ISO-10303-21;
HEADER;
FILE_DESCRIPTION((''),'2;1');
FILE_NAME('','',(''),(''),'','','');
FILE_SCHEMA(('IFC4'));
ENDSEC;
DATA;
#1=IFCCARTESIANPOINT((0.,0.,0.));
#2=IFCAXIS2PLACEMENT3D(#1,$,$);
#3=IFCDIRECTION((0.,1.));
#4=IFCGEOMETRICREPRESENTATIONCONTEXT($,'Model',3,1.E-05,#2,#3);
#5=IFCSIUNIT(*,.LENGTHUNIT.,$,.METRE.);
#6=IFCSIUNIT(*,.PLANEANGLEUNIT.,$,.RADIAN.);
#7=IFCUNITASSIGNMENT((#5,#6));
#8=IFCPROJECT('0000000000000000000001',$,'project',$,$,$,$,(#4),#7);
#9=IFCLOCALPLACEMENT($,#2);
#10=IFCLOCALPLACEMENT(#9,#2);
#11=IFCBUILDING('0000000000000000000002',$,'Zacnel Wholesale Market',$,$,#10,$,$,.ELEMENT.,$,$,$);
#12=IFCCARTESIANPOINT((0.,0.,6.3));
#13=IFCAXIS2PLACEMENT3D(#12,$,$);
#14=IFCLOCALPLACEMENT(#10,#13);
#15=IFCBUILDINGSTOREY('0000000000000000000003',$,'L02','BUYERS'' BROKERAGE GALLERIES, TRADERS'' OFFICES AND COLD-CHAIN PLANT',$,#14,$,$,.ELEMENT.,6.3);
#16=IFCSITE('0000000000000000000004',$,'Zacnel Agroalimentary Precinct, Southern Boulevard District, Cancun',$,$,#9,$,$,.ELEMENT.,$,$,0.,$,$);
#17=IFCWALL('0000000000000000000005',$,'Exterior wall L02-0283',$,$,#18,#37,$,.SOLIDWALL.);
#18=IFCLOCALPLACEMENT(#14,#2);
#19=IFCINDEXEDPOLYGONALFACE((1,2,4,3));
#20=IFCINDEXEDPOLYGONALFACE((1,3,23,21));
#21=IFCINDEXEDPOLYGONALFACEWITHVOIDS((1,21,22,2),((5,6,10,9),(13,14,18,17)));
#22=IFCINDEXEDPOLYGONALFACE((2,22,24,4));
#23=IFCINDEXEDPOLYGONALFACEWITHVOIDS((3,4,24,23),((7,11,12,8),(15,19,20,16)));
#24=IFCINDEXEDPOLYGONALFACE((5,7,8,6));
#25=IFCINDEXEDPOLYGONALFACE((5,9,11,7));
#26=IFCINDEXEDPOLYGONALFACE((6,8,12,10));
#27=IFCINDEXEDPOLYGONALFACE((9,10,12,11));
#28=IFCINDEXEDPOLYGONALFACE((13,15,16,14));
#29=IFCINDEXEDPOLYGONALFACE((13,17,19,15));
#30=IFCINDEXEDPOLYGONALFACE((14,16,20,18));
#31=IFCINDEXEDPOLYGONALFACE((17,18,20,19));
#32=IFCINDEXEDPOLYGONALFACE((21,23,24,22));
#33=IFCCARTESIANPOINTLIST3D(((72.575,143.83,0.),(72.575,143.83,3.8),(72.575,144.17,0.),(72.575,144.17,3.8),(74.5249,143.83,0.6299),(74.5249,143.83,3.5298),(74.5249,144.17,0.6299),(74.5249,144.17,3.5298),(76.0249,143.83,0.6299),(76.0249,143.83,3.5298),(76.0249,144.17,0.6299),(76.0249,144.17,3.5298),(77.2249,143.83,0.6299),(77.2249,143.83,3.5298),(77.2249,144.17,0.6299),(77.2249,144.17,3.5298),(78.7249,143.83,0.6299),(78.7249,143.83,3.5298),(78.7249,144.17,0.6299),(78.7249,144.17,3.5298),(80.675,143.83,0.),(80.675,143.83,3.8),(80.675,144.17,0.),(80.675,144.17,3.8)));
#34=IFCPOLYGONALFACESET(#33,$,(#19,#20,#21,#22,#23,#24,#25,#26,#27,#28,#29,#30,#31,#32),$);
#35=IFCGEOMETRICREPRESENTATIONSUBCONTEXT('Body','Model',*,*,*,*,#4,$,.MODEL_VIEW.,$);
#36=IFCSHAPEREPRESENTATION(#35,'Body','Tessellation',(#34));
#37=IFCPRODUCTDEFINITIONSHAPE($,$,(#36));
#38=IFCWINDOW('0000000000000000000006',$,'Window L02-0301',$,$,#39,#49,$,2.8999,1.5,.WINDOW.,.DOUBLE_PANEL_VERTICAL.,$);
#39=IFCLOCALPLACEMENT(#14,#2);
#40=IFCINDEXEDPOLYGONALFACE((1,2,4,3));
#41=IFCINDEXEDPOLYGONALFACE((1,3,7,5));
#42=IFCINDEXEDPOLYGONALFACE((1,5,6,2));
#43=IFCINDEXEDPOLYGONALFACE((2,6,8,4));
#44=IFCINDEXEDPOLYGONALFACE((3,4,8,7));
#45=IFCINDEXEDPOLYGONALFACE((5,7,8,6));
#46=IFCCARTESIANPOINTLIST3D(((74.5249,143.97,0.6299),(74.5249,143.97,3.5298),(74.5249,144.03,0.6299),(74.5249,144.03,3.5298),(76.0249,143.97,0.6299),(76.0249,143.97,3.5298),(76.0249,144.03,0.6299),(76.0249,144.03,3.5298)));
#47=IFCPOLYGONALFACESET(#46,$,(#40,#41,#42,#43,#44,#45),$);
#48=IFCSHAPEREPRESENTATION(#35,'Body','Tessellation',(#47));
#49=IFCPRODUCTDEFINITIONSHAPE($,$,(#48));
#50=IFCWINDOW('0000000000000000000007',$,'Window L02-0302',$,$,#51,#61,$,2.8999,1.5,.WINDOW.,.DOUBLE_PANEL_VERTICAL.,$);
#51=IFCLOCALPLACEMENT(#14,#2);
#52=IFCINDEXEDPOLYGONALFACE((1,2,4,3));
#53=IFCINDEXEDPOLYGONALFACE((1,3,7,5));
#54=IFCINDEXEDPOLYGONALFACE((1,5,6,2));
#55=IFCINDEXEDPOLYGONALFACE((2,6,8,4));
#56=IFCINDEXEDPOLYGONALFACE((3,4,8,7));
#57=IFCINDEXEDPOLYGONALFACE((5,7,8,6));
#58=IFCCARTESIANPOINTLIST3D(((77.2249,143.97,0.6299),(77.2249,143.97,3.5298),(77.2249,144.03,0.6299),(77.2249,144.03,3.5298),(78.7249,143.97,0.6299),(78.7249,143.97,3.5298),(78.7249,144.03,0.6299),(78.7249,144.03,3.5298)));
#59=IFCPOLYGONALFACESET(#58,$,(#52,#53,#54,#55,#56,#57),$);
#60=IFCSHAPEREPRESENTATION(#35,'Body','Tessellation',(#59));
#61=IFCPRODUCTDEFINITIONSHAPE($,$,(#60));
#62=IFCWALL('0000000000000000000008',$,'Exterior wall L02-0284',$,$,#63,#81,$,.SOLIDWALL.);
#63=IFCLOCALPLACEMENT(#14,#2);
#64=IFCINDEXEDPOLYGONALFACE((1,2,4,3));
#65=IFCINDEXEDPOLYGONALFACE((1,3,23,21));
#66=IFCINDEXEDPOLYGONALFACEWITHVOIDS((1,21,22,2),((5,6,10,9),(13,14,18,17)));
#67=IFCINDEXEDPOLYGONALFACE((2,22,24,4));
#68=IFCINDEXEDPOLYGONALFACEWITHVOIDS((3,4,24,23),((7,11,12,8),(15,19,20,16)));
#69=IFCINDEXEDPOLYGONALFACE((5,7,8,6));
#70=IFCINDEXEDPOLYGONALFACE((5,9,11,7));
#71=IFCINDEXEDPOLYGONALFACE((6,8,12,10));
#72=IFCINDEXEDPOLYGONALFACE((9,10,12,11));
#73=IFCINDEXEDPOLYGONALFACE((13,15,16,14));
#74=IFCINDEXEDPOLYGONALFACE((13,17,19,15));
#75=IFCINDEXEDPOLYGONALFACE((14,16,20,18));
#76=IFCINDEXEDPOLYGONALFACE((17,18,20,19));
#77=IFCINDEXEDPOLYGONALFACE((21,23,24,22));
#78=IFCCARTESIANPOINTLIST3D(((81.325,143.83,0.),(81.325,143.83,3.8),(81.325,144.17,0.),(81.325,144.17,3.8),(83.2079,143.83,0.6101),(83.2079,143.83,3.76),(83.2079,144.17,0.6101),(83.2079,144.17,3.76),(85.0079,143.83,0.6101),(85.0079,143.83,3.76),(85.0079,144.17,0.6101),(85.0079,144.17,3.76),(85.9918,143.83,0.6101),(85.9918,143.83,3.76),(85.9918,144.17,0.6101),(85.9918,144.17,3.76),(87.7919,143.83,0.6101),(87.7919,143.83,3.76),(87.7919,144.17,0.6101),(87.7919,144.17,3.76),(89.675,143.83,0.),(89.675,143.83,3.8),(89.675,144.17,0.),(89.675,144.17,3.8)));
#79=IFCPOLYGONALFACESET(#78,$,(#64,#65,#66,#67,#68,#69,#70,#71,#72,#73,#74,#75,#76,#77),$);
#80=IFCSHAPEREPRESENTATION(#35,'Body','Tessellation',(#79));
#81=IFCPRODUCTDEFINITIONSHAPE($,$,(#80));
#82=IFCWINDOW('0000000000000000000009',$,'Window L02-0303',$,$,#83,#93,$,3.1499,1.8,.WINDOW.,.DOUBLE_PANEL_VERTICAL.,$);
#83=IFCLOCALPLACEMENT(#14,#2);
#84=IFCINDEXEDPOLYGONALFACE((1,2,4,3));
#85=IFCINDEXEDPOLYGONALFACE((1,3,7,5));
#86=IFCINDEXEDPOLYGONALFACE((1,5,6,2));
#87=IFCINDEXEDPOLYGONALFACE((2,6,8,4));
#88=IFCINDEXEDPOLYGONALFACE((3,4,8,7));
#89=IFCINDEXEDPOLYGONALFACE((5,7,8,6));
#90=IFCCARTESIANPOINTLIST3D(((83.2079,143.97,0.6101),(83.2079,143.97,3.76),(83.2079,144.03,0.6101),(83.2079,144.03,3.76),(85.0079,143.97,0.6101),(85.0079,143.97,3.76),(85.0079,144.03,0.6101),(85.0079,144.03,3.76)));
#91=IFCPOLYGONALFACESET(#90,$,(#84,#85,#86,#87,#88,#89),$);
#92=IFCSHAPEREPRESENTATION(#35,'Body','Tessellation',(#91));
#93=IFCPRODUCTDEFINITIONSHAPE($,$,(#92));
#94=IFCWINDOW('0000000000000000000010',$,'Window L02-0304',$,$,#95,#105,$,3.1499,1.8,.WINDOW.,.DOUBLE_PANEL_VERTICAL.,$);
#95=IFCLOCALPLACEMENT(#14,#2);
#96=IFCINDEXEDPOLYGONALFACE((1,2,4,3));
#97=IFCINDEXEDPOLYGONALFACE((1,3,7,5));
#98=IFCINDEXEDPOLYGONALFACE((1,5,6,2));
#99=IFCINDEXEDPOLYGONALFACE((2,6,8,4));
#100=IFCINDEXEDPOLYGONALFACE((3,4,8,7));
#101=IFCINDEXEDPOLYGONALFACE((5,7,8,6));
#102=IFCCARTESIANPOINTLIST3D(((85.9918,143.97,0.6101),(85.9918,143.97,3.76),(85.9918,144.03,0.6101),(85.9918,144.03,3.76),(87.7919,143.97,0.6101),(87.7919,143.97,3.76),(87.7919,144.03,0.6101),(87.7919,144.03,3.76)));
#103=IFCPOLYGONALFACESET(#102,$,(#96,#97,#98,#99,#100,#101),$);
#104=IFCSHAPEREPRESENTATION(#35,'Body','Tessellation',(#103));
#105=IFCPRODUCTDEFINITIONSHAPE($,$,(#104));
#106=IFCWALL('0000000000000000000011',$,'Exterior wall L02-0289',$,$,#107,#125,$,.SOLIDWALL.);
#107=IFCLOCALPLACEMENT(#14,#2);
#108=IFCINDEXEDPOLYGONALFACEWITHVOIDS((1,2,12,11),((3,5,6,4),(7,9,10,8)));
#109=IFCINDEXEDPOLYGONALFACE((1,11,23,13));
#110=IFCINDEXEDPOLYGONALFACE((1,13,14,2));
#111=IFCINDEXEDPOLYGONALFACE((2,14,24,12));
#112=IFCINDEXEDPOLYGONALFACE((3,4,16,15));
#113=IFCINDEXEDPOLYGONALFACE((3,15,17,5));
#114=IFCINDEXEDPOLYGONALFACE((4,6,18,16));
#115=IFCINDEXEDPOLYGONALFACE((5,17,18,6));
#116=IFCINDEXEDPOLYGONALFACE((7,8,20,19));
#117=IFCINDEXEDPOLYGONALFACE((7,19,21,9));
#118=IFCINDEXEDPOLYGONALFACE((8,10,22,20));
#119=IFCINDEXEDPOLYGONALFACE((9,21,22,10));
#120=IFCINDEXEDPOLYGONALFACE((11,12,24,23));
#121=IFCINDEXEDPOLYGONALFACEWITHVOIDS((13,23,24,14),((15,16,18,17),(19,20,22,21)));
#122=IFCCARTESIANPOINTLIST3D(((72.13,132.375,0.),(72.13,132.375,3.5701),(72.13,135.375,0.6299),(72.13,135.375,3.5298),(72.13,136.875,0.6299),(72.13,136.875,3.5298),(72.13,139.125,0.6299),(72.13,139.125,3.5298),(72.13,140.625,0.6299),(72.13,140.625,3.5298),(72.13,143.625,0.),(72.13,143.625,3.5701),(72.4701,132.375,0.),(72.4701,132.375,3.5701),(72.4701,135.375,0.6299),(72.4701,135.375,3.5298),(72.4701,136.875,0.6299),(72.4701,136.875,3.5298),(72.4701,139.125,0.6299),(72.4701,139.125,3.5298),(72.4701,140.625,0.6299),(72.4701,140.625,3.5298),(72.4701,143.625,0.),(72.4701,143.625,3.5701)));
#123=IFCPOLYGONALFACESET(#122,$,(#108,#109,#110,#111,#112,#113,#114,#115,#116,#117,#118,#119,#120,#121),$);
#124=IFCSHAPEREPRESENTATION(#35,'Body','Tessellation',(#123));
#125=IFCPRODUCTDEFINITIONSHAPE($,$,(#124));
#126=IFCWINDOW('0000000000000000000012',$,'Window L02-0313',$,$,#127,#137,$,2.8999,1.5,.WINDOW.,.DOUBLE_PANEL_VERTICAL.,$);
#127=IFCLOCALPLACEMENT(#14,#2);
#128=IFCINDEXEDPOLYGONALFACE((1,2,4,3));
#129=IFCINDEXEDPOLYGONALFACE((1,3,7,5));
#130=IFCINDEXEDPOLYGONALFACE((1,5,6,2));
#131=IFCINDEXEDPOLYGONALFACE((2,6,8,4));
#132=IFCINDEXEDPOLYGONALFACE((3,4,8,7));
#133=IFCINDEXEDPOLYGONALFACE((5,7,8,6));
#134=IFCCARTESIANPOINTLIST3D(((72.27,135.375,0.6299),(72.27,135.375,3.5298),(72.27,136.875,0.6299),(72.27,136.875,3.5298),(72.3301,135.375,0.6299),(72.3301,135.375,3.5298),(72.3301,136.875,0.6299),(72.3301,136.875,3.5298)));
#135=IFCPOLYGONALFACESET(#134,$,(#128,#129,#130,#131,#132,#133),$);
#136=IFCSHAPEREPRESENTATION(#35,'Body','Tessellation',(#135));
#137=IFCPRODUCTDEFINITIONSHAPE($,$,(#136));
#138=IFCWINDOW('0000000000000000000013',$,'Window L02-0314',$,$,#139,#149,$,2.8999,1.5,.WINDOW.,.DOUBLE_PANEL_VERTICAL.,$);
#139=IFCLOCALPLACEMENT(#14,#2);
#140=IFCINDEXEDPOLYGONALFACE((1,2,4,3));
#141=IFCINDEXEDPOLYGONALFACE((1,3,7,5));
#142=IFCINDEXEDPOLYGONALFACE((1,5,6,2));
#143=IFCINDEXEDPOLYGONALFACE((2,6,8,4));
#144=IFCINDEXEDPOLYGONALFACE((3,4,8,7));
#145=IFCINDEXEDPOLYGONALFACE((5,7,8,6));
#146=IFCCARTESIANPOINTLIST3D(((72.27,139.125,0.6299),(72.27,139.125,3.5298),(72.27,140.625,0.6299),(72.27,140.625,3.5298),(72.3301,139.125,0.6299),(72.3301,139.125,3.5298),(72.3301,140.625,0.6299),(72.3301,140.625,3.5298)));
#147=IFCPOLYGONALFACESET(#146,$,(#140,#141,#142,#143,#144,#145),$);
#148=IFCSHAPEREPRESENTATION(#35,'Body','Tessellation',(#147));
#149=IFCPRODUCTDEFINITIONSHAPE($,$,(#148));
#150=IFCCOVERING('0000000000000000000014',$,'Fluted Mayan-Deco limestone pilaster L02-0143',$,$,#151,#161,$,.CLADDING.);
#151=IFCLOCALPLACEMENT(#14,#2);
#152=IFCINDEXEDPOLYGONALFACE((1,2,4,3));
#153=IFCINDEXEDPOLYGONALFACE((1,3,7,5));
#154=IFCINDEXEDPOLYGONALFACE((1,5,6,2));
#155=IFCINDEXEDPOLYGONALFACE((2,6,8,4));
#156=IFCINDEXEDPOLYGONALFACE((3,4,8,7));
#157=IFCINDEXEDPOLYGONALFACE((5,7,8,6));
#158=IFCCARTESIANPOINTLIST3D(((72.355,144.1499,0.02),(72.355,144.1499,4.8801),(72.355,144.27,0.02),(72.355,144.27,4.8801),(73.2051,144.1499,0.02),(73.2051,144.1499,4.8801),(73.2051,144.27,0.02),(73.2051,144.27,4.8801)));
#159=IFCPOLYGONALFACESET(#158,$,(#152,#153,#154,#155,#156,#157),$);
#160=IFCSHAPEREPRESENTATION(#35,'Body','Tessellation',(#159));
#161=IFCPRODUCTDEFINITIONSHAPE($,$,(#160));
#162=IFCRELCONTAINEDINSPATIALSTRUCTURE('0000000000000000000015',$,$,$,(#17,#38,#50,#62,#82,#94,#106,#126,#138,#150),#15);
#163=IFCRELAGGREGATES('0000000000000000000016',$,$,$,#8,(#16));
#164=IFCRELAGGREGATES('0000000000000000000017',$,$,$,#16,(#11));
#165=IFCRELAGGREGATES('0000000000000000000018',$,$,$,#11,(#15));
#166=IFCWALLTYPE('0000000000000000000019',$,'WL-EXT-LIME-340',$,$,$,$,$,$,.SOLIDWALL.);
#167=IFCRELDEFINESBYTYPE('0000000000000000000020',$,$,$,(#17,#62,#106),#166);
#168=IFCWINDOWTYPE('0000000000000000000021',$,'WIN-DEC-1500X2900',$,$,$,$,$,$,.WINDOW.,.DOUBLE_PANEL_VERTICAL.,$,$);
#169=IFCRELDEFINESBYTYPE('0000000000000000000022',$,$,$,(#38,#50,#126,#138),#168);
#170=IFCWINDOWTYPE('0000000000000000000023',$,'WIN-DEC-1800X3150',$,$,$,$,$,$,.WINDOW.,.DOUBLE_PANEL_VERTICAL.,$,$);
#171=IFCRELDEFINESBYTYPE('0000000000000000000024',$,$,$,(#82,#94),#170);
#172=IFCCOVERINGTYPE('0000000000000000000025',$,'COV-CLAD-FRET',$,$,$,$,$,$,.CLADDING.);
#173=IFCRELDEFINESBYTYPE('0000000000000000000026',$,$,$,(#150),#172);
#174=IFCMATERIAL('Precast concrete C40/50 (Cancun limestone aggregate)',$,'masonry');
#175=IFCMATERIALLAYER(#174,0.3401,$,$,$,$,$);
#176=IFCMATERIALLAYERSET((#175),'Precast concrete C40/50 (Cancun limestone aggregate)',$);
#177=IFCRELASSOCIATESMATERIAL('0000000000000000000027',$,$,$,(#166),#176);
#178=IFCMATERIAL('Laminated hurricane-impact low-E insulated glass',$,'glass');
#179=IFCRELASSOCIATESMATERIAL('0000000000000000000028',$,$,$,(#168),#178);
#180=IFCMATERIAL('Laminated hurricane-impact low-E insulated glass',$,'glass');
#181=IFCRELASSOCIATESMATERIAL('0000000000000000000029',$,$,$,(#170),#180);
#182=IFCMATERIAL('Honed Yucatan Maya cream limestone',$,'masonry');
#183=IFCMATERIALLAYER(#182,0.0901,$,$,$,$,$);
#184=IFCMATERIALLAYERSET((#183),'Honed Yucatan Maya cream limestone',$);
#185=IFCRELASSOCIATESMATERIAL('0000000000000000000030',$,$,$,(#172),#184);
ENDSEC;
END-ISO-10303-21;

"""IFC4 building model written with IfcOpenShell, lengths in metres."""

from ifc_helpers import new_model, si_unit, direction, frame, frame_2d, origin, origin_2d, place, context, subcontext, project, spatial, rectangle, extrude, material, layer, layer_set, type_object, element, fill, save


model = new_model("IFC4")

# Units and contexts
model_context = context("Model", 3, precision=1e-05, world=origin(), true_north=direction((0.0, 1.0)))
body_context = subcontext(model_context, "Body", "Model", "MODEL_VIEW")
ifc_project = project(units=[si_unit("LENGTHUNIT", "METRE"), si_unit("PLANEANGLEUNIT", "RADIAN")], contexts=[model_context])

# Site, building, storey
site_placement = place(None, origin())
site = spatial("IfcSite", under=ifc_project, at=site_placement, Name="Zacnel Agroalimentary Precinct, Southern Boulevard District, Cancun", CompositionType="ELEMENT", RefElevation=0.0)
building_placement = place(site_placement, origin())
building = spatial("IfcBuilding", under=site, at=building_placement, Name="Zacnel Wholesale Market", CompositionType="ELEMENT")
storey_placement = place(building_placement, frame((0.0, 0.0, 6.3)))
storey = spatial("IfcBuildingStorey", under=building, at=storey_placement, Name="L02", Description="BUYERS' BROKERAGE GALLERIES, TRADERS' OFFICES AND COLD-CHAIN PLANT", CompositionType="ELEMENT", Elevation=6.3)

# Walls, openings, windows
ifc_material_1 = material(Name="Precast concrete C40/50 (Cancun limestone aggregate)", Category="masonry")
ifc_layer_1 = layer(ifc_material_1, 0.3401)
ifc_layer_set_1 = layer_set([ifc_layer_1], Name="Precast concrete C40/50 (Cancun limestone aggregate)")
wall_type_1 = type_object("IfcWallType", Name="WL-EXT-LIME-340", PredefinedType="SOLIDWALL", material=ifc_layer_set_1)
wall_1_placement = place(storey_placement, frame((72.575, 144.0, 0.0), z_axis=(0.0, 0.0, 1.0), x_axis=(1.0, 0.0, 0.0)))
wall_1 = element("IfcWall", 1, at=wall_1_placement, inside=storey, type_object=wall_type_1, Name="Exterior wall L02-0283", PredefinedType="SOLIDWALL", context=body_context, shape_type="SweptSolid", body=[
    extrude(rectangle(XDim=8.1001, YDim=0.3401, at=frame_2d((4.05, 0.0))), origin(), (0.0, 0.0, 1.0), 3.8),
])
opening_1_placement = place(wall_1_placement, frame((1.95, 0.0, 0.6299)))
opening_1 = element("IfcOpeningElement", 2, at=opening_1_placement, cuts=wall_1, PredefinedType="OPENING", context=body_context, shape_type="SweptSolid", body=[
    extrude(rectangle(XDim=1.5, YDim=2.8999, at=frame_2d((0.75, 1.45))), frame((0.0, 0.1799, 0.0), z_axis=(0.0, -1.0, 0.0), x_axis=(1.0, 0.0, 0.0)), (0.0, 0.0, 1.0), 0.3601),
])
opening_2_placement = place(wall_1_placement, frame((4.6499, 0.0, 0.6299)))
opening_2 = element("IfcOpeningElement", 3, at=opening_2_placement, cuts=wall_1, PredefinedType="OPENING", context=body_context, shape_type="SweptSolid", body=[
    extrude(rectangle(XDim=1.5, YDim=2.8999, at=frame_2d((0.75, 1.45))), frame((0.0, 0.1799, 0.0), z_axis=(0.0, -1.0, 0.0), x_axis=(1.0, 0.0, 0.0)), (0.0, 0.0, 1.0), 0.3601),
])
ifc_material_2 = material(Name="Laminated hurricane-impact low-E insulated glass", Category="glass")
window_type_1 = type_object("IfcWindowType", Name="WIN-DEC-1500X2900", PartitioningType="DOUBLE_PANEL_VERTICAL", PredefinedType="WINDOW", material=ifc_material_2)
window_1_placement = place(opening_1_placement, origin())
window_1 = element("IfcWindow", 4, at=window_1_placement, inside=storey, type_object=window_type_1, Name="Window L02-0301", OverallHeight=2.8999, OverallWidth=1.5, PartitioningType="DOUBLE_PANEL_VERTICAL", PredefinedType="WINDOW", context=body_context, shape_type="SweptSolid", body=[
    extrude(rectangle(XDim=1.5, YDim=2.8999, at=frame_2d((0.75, 1.45))), frame((0.0, 0.03, 0.0), z_axis=(0.0, -1.0, 0.0), x_axis=(1.0, 0.0, 0.0)), (0.0, 0.0, 1.0), 0.0601),
])
fill(opening_1, window_1)
window_2_placement = place(opening_2_placement, origin())
window_2 = element("IfcWindow", 5, at=window_2_placement, inside=storey, type_object=window_type_1, Name="Window L02-0302", OverallHeight=2.8999, OverallWidth=1.5, PartitioningType="DOUBLE_PANEL_VERTICAL", PredefinedType="WINDOW", context=body_context, shape_type="SweptSolid", body=[
    extrude(rectangle(XDim=1.5, YDim=2.8999, at=frame_2d((0.75, 1.45))), frame((0.0, 0.03, 0.0), z_axis=(0.0, -1.0, 0.0), x_axis=(1.0, 0.0, 0.0)), (0.0, 0.0, 1.0), 0.0601),
])
fill(opening_2, window_2)
wall_2_placement = place(storey_placement, frame((81.325, 144.0, 0.0), z_axis=(0.0, 0.0, 1.0), x_axis=(1.0, 0.0, 0.0)))
wall_2 = element("IfcWall", 6, at=wall_2_placement, inside=storey, type_object=wall_type_1, Name="Exterior wall L02-0284", PredefinedType="SOLIDWALL", context=body_context, shape_type="SweptSolid", body=[
    extrude(rectangle(XDim=8.3501, YDim=0.3401, at=frame_2d((4.175, 0.0))), origin(), (0.0, 0.0, 1.0), 3.8),
])
opening_3_placement = place(wall_2_placement, frame((1.8831, 0.0, 0.6101)))
opening_3 = element("IfcOpeningElement", 7, at=opening_3_placement, cuts=wall_2, PredefinedType="OPENING", context=body_context, shape_type="SweptSolid", body=[
    extrude(rectangle(XDim=1.8, YDim=3.1499, at=frame_2d((0.8999, 1.575))), frame((0.0, 0.1799, 0.0), z_axis=(0.0, -1.0, 0.0), x_axis=(1.0, 0.0, 0.0)), (0.0, 0.0, 1.0), 0.3601),
])
opening_4_placement = place(wall_2_placement, frame((4.667, 0.0, 0.6101)))
opening_4 = element("IfcOpeningElement", 8, at=opening_4_placement, cuts=wall_2, PredefinedType="OPENING", context=body_context, shape_type="SweptSolid", body=[
    extrude(rectangle(XDim=1.8, YDim=3.1499, at=frame_2d((0.8999, 1.575))), frame((0.0, 0.1799, 0.0), z_axis=(0.0, -1.0, 0.0), x_axis=(1.0, 0.0, 0.0)), (0.0, 0.0, 1.0), 0.3601),
])
ifc_material_3 = material(Name="Laminated hurricane-impact low-E insulated glass", Category="glass")
window_type_2 = type_object("IfcWindowType", Name="WIN-DEC-1800X3150", PartitioningType="DOUBLE_PANEL_VERTICAL", PredefinedType="WINDOW", material=ifc_material_3)
window_3_placement = place(opening_3_placement, origin())
window_3 = element("IfcWindow", 9, at=window_3_placement, inside=storey, type_object=window_type_2, Name="Window L02-0303", OverallHeight=3.1499, OverallWidth=1.8, PartitioningType="DOUBLE_PANEL_VERTICAL", PredefinedType="WINDOW", context=body_context, shape_type="SweptSolid", body=[
    extrude(rectangle(XDim=1.8, YDim=3.1499, at=frame_2d((0.8999, 1.575))), frame((0.0, 0.03, 0.0), z_axis=(0.0, -1.0, 0.0), x_axis=(1.0, 0.0, 0.0)), (0.0, 0.0, 1.0), 0.0601),
])
fill(opening_3, window_3)
window_4_placement = place(opening_4_placement, origin())
window_4 = element("IfcWindow", 10, at=window_4_placement, inside=storey, type_object=window_type_2, Name="Window L02-0304", OverallHeight=3.1499, OverallWidth=1.8, PartitioningType="DOUBLE_PANEL_VERTICAL", PredefinedType="WINDOW", context=body_context, shape_type="SweptSolid", body=[
    extrude(rectangle(XDim=1.8, YDim=3.1499, at=frame_2d((0.8999, 1.575))), frame((0.0, 0.03, 0.0), z_axis=(0.0, -1.0, 0.0), x_axis=(1.0, 0.0, 0.0)), (0.0, 0.0, 1.0), 0.0601),
])
fill(opening_4, window_4)
wall_3_placement = place(storey_placement, frame((72.3, 132.375, 0.0), z_axis=(0.0, 0.0, 1.0), x_axis=(0.0, 1.0, 0.0)))
wall_3 = element("IfcWall", 11, at=wall_3_placement, inside=storey, type_object=wall_type_1, Name="Exterior wall L02-0289", PredefinedType="SOLIDWALL", context=body_context, shape_type="SweptSolid", body=[
    extrude(rectangle(XDim=11.25, YDim=0.3401, at=frame_2d((5.625, 0.0))), origin(), (0.0, 0.0, 1.0), 3.5701),
])
opening_5_placement = place(wall_3_placement, frame((3.0, 0.0, 0.6299)))
opening_5 = element("IfcOpeningElement", 12, at=opening_5_placement, cuts=wall_3, PredefinedType="OPENING", context=body_context, shape_type="SweptSolid", body=[
    extrude(rectangle(XDim=1.5, YDim=2.8999, at=frame_2d((0.75, 1.45))), frame((0.0, 0.1799, 0.0), z_axis=(0.0, -1.0, 0.0), x_axis=(1.0, 0.0, 0.0)), (0.0, 0.0, 1.0), 0.3601),
])
opening_6_placement = place(wall_3_placement, frame((6.75, 0.0, 0.6299)))
opening_6 = element("IfcOpeningElement", 13, at=opening_6_placement, cuts=wall_3, PredefinedType="OPENING", context=body_context, shape_type="SweptSolid", body=[
    extrude(rectangle(XDim=1.5, YDim=2.8999, at=frame_2d((0.75, 1.45))), frame((0.0, 0.1799, 0.0), z_axis=(0.0, -1.0, 0.0), x_axis=(1.0, 0.0, 0.0)), (0.0, 0.0, 1.0), 0.3601),
])
window_5_placement = place(opening_5_placement, origin())
window_5 = element("IfcWindow", 14, at=window_5_placement, inside=storey, type_object=window_type_1, Name="Window L02-0313", OverallHeight=2.8999, OverallWidth=1.5, PartitioningType="DOUBLE_PANEL_VERTICAL", PredefinedType="WINDOW", context=body_context, shape_type="SweptSolid", body=[
    extrude(rectangle(XDim=1.5, YDim=2.8999, at=frame_2d((0.75, 1.45))), frame((0.0, 0.03, 0.0), z_axis=(0.0, -1.0, 0.0), x_axis=(1.0, 0.0, 0.0)), (0.0, 0.0, 1.0), 0.0601),
])
fill(opening_5, window_5)
window_6_placement = place(opening_6_placement, origin())
window_6 = element("IfcWindow", 15, at=window_6_placement, inside=storey, type_object=window_type_1, Name="Window L02-0314", OverallHeight=2.8999, OverallWidth=1.5, PartitioningType="DOUBLE_PANEL_VERTICAL", PredefinedType="WINDOW", context=body_context, shape_type="SweptSolid", body=[
    extrude(rectangle(XDim=1.5, YDim=2.8999, at=frame_2d((0.75, 1.45))), frame((0.0, 0.03, 0.0), z_axis=(0.0, -1.0, 0.0), x_axis=(1.0, 0.0, 0.0)), (0.0, 0.0, 1.0), 0.0601),
])
fill(opening_6, window_6)

# Covering
ifc_material_4 = material(Name="Honed Yucatan Maya cream limestone", Category="masonry")
ifc_layer_2 = layer(ifc_material_4, 0.0901)
ifc_layer_set_2 = layer_set([ifc_layer_2], Name="Honed Yucatan Maya cream limestone")
covering_type = type_object("IfcCoveringType", Name="COV-CLAD-FRET", PredefinedType="CLADDING", material=ifc_layer_set_2)
for number, where, z_axis, x_axis, name in (
    (16, (72.78, 144.21, 0.02), (0.0, 0.0, 1.0), (1.0, 0.0, 0.0), "Fluted Mayan-Deco limestone pilaster L02-0143"),
):
    element("IfcCovering", number, at=place(storey_placement, frame(where, z_axis=z_axis, x_axis=x_axis)), inside=storey, type_object=covering_type, Name=name, PredefinedType="CLADDING", context=body_context, shape_type="SweptSolid", body=[
        extrude(rectangle(XDim=0.8501, YDim=0.1201, at=origin_2d()), origin(), (0.0, 0.0, 1.0), 4.8601),
    ])

save(model, "model.ifc")
